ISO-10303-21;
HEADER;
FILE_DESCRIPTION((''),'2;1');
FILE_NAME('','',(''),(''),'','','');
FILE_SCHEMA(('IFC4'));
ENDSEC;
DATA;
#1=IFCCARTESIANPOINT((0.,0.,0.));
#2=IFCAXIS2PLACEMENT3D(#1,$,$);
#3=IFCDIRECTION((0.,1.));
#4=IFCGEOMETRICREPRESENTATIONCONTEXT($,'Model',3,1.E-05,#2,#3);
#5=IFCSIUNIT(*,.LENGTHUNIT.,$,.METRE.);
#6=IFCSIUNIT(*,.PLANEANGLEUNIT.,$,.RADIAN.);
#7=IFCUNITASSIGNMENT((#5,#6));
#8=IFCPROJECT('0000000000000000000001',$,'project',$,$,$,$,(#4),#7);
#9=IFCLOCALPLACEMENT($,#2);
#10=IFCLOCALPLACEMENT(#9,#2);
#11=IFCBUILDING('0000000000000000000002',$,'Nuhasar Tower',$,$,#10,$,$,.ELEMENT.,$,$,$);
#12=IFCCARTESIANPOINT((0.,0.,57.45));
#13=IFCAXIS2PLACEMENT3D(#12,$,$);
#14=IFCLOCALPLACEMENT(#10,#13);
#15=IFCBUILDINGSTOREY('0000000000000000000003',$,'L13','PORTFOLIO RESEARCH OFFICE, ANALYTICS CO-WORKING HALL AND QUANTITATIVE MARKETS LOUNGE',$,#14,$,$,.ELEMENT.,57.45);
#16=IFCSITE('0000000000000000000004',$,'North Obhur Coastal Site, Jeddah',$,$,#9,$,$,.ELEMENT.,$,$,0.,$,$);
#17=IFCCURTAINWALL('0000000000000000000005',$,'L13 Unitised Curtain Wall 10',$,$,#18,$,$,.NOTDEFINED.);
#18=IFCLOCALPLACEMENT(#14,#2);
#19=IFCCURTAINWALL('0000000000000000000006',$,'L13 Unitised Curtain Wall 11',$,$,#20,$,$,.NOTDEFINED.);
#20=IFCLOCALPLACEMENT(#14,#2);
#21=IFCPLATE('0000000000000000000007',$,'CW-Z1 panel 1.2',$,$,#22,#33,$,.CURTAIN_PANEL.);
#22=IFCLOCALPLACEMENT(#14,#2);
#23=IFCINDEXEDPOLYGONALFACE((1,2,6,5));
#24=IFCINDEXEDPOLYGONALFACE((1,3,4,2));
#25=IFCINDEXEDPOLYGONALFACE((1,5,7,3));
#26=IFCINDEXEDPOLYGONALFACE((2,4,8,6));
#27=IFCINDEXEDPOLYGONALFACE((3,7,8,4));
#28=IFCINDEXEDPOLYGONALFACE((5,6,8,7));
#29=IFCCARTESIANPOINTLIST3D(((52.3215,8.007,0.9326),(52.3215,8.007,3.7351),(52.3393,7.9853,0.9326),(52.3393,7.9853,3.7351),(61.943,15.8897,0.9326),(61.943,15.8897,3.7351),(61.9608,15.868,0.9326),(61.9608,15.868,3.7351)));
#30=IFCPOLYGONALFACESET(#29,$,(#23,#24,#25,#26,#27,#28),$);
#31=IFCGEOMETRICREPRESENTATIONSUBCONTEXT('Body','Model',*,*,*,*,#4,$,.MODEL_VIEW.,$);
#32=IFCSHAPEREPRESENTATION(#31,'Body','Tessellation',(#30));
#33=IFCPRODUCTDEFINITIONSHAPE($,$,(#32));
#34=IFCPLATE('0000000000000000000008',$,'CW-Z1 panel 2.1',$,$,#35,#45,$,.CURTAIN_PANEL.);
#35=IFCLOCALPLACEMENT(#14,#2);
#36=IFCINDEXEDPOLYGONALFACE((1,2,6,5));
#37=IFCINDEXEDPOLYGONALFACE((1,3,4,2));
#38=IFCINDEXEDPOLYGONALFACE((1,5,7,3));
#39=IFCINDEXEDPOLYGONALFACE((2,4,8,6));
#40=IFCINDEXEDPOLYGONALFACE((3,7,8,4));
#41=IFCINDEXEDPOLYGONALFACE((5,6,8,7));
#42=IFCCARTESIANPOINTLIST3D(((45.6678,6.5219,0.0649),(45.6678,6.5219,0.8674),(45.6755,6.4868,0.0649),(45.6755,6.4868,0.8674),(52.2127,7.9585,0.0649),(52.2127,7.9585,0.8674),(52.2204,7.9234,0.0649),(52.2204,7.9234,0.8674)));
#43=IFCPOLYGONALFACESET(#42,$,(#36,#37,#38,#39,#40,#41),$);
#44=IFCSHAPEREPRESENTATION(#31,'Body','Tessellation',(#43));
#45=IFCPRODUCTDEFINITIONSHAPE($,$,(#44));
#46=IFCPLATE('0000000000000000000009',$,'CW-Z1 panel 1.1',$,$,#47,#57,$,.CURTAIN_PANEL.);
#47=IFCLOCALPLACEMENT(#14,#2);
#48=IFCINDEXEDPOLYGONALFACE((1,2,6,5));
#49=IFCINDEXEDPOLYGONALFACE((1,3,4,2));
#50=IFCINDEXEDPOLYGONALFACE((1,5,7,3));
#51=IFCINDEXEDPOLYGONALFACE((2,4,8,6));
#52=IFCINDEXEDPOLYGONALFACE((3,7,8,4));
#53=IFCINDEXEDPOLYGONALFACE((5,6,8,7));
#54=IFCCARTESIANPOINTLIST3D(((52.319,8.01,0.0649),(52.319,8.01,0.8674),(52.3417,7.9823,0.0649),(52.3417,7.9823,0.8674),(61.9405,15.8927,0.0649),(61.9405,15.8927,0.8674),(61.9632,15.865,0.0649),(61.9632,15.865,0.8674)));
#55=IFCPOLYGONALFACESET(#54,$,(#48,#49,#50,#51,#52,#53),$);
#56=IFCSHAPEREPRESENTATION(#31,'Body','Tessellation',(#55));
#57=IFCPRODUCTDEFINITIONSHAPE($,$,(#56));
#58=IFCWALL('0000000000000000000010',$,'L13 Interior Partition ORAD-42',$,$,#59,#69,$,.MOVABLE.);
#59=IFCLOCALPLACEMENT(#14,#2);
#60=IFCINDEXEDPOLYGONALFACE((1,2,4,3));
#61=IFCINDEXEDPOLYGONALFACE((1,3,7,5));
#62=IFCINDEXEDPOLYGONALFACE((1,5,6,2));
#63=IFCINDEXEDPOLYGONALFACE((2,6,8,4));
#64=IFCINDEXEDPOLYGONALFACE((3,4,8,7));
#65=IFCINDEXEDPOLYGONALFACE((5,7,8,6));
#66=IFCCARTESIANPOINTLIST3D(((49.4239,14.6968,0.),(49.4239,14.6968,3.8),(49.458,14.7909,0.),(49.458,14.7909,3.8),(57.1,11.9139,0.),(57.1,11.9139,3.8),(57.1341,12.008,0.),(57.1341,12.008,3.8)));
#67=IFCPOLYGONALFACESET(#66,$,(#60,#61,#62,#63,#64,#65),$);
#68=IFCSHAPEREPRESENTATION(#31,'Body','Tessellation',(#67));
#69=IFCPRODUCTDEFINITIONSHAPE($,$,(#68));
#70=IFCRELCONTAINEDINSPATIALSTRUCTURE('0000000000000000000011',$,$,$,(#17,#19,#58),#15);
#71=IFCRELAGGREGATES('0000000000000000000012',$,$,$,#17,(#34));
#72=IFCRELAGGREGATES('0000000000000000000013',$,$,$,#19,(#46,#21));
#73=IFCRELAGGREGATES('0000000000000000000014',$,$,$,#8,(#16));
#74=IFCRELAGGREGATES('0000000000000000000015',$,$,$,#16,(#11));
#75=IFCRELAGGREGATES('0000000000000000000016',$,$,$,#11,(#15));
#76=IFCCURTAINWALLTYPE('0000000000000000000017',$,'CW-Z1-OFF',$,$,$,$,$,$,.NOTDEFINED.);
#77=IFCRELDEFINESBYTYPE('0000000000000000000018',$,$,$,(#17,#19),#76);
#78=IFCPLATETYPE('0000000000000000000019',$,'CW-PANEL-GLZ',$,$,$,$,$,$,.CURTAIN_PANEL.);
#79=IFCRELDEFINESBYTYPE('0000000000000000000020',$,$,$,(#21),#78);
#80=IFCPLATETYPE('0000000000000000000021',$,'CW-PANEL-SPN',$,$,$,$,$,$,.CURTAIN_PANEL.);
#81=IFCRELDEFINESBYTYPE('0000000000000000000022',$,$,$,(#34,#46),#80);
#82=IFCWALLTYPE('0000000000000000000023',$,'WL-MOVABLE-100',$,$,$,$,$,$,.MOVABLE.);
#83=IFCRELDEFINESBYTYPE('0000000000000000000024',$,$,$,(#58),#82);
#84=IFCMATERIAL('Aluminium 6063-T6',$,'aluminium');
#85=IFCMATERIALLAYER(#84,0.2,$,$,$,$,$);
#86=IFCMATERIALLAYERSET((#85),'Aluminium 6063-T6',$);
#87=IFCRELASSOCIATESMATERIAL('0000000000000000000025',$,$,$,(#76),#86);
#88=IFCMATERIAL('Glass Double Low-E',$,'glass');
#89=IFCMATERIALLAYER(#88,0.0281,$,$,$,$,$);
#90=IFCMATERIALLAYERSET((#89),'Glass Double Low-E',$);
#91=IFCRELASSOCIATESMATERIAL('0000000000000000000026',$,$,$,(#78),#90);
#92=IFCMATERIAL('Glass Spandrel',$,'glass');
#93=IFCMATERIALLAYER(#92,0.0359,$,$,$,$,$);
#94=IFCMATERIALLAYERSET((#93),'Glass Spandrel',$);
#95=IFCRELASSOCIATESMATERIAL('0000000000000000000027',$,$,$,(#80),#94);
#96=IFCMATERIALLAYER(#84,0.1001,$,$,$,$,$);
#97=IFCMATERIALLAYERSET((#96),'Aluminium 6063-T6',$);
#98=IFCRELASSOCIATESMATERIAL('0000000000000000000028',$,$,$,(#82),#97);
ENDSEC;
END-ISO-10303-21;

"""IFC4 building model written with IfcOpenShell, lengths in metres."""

from ifc_helpers import new_model, si_unit, direction, frame, frame_2d, origin, origin_2d, place, context, subcontext, project, spatial, rectangle, extrude, material, layer, layer_set, type_object, element, aggregate, save


model = new_model("IFC4")

# Units and contexts
model_context = context("Model", 3, precision=1e-05, world=origin(), true_north=direction((0.0, 1.0)))
body_context = subcontext(model_context, "Body", "Model", "MODEL_VIEW")
ifc_project = project(units=[si_unit("LENGTHUNIT", "METRE"), si_unit("PLANEANGLEUNIT", "RADIAN")], contexts=[model_context])

# Site, building, storey
site_placement = place(None, origin())
site = spatial("IfcSite", under=ifc_project, at=site_placement, Name="North Obhur Coastal Site, Jeddah", CompositionType="ELEMENT", RefElevation=0.0)
building_placement = place(site_placement, origin())
building = spatial("IfcBuilding", under=site, at=building_placement, Name="Nuhasar Tower", CompositionType="ELEMENT")
storey_placement = place(building_placement, frame((0.0, 0.0, 57.45)))
storey = spatial("IfcBuildingStorey", under=building, at=storey_placement, Name="L13", Description="PORTFOLIO RESEARCH OFFICE, ANALYTICS CO-WORKING HALL AND QUANTITATIVE MARKETS LOUNGE", CompositionType="ELEMENT", Elevation=57.45)

# Curtain wall
ifc_material_1 = material(Name="Aluminium 6063-T6", Category="aluminium")
ifc_layer_1 = layer(ifc_material_1, 0.2)
ifc_layer_set_1 = layer_set([ifc_layer_1], Name="Aluminium 6063-T6")
curtain_wall_type = type_object("IfcCurtainWallType", Name="CW-Z1-OFF", PredefinedType="NOTDEFINED", material=ifc_layer_set_1)
curtain_wall_1_placement = place(storey_placement, origin())
curtain_wall_1 = element("IfcCurtainWall", 1, at=curtain_wall_1_placement, inside=storey, type_object=curtain_wall_type, Name="L13 Unitised Curtain Wall 10", PredefinedType="NOTDEFINED")

# Curtain wall
curtain_wall_2_placement = place(storey_placement, origin())
curtain_wall_2 = element("IfcCurtainWall", 2, at=curtain_wall_2_placement, inside=storey, type_object=curtain_wall_type, Name="L13 Unitised Curtain Wall 11", PredefinedType="NOTDEFINED")

# Plates
ifc_material_2 = material(Name="Glass Double Low-E", Category="glass")
ifc_layer_2 = layer(ifc_material_2, 0.0281)
ifc_layer_set_2 = layer_set([ifc_layer_2], Name="Glass Double Low-E")
plate_type_1 = type_object("IfcPlateType", Name="CW-PANEL-GLZ", PredefinedType="CURTAIN_PANEL", material=ifc_layer_set_2)
plate_1_placement = place(storey_placement, frame((57.1411, 11.9375, 0.9326), z_axis=(0.0, 0.0, 1.0), x_axis=(0.773542, 0.633745, 0.0)))
plate_1 = element("IfcPlate", 3, at=plate_1_placement, type_object=plate_type_1, Name="CW-Z1 panel 1.2", PredefinedType="CURTAIN_PANEL", context=body_context, shape_type="SweptSolid", body=[
    extrude(rectangle(XDim=12.4382, YDim=0.0281, at=origin_2d()), origin(), (0.0, 0.0, 1.0), 2.8025),
])
ifc_material_3 = material(Name="Glass Spandrel", Category="glass")
ifc_layer_3 = layer(ifc_material_3, 0.0359)
ifc_layer_set_3 = layer_set([ifc_layer_3], Name="Glass Spandrel")
plate_type_2 = type_object("IfcPlateType", Name="CW-PANEL-SPN", PredefinedType="CURTAIN_PANEL", material=ifc_layer_set_3)
plate_2_placement = place(storey_placement, frame((48.9441, 7.2227, 0.0649), z_axis=(0.0, 0.0, 1.0), x_axis=(0.976746, 0.214399, 0.0)))
plate_2 = element("IfcPlate", 4, at=plate_2_placement, type_object=plate_type_2, Name="CW-Z1 panel 2.1", PredefinedType="CURTAIN_PANEL", context=body_context, shape_type="SweptSolid", body=[
    extrude(rectangle(XDim=6.7007, YDim=0.0359, at=origin_2d()), origin(), (0.0, 0.0, 1.0), 0.8025),
])
aggregate(curtain_wall_1, [plate_2])
plate_3_placement = place(storey_placement, frame((57.1411, 11.9375, 0.0649), z_axis=(0.0, 0.0, 1.0), x_axis=(0.773542, 0.633745, 0.0)))
plate_3 = element("IfcPlate", 5, at=plate_3_placement, type_object=plate_type_2, Name="CW-Z1 panel 1.1", PredefinedType="CURTAIN_PANEL", context=body_context, shape_type="SweptSolid", body=[
    extrude(rectangle(XDim=12.4382, YDim=0.0359, at=origin_2d()), origin(), (0.0, 0.0, 1.0), 0.8025),
])
aggregate(curtain_wall_2, [plate_3, plate_1])

# Wall
ifc_layer_4 = layer(ifc_material_1, 0.1001)
ifc_layer_set_4 = layer_set([ifc_layer_4], Name="Aluminium 6063-T6")
wall_type = type_object("IfcWallType", Name="WL-MOVABLE-100", PredefinedType="MOVABLE", material=ifc_layer_set_4)
wall_placement = place(storey_placement, frame((49.4409, 14.7439, 0.0), z_axis=(0.0, 0.0, 1.0), x_axis=(0.94012, -0.340843, 0.0)))
element("IfcWall", 6, at=wall_placement, inside=storey, type_object=wall_type, Name="L13 Interior Partition ORAD-42", PredefinedType="MOVABLE", context=body_context, shape_type="SweptSolid", body=[
    extrude(rectangle(XDim=8.165, YDim=0.1001, at=frame_2d((4.0825, 0.0))), origin(), (0.0, 0.0, 1.0), 3.8),
])

save(model, "model.ifc")
